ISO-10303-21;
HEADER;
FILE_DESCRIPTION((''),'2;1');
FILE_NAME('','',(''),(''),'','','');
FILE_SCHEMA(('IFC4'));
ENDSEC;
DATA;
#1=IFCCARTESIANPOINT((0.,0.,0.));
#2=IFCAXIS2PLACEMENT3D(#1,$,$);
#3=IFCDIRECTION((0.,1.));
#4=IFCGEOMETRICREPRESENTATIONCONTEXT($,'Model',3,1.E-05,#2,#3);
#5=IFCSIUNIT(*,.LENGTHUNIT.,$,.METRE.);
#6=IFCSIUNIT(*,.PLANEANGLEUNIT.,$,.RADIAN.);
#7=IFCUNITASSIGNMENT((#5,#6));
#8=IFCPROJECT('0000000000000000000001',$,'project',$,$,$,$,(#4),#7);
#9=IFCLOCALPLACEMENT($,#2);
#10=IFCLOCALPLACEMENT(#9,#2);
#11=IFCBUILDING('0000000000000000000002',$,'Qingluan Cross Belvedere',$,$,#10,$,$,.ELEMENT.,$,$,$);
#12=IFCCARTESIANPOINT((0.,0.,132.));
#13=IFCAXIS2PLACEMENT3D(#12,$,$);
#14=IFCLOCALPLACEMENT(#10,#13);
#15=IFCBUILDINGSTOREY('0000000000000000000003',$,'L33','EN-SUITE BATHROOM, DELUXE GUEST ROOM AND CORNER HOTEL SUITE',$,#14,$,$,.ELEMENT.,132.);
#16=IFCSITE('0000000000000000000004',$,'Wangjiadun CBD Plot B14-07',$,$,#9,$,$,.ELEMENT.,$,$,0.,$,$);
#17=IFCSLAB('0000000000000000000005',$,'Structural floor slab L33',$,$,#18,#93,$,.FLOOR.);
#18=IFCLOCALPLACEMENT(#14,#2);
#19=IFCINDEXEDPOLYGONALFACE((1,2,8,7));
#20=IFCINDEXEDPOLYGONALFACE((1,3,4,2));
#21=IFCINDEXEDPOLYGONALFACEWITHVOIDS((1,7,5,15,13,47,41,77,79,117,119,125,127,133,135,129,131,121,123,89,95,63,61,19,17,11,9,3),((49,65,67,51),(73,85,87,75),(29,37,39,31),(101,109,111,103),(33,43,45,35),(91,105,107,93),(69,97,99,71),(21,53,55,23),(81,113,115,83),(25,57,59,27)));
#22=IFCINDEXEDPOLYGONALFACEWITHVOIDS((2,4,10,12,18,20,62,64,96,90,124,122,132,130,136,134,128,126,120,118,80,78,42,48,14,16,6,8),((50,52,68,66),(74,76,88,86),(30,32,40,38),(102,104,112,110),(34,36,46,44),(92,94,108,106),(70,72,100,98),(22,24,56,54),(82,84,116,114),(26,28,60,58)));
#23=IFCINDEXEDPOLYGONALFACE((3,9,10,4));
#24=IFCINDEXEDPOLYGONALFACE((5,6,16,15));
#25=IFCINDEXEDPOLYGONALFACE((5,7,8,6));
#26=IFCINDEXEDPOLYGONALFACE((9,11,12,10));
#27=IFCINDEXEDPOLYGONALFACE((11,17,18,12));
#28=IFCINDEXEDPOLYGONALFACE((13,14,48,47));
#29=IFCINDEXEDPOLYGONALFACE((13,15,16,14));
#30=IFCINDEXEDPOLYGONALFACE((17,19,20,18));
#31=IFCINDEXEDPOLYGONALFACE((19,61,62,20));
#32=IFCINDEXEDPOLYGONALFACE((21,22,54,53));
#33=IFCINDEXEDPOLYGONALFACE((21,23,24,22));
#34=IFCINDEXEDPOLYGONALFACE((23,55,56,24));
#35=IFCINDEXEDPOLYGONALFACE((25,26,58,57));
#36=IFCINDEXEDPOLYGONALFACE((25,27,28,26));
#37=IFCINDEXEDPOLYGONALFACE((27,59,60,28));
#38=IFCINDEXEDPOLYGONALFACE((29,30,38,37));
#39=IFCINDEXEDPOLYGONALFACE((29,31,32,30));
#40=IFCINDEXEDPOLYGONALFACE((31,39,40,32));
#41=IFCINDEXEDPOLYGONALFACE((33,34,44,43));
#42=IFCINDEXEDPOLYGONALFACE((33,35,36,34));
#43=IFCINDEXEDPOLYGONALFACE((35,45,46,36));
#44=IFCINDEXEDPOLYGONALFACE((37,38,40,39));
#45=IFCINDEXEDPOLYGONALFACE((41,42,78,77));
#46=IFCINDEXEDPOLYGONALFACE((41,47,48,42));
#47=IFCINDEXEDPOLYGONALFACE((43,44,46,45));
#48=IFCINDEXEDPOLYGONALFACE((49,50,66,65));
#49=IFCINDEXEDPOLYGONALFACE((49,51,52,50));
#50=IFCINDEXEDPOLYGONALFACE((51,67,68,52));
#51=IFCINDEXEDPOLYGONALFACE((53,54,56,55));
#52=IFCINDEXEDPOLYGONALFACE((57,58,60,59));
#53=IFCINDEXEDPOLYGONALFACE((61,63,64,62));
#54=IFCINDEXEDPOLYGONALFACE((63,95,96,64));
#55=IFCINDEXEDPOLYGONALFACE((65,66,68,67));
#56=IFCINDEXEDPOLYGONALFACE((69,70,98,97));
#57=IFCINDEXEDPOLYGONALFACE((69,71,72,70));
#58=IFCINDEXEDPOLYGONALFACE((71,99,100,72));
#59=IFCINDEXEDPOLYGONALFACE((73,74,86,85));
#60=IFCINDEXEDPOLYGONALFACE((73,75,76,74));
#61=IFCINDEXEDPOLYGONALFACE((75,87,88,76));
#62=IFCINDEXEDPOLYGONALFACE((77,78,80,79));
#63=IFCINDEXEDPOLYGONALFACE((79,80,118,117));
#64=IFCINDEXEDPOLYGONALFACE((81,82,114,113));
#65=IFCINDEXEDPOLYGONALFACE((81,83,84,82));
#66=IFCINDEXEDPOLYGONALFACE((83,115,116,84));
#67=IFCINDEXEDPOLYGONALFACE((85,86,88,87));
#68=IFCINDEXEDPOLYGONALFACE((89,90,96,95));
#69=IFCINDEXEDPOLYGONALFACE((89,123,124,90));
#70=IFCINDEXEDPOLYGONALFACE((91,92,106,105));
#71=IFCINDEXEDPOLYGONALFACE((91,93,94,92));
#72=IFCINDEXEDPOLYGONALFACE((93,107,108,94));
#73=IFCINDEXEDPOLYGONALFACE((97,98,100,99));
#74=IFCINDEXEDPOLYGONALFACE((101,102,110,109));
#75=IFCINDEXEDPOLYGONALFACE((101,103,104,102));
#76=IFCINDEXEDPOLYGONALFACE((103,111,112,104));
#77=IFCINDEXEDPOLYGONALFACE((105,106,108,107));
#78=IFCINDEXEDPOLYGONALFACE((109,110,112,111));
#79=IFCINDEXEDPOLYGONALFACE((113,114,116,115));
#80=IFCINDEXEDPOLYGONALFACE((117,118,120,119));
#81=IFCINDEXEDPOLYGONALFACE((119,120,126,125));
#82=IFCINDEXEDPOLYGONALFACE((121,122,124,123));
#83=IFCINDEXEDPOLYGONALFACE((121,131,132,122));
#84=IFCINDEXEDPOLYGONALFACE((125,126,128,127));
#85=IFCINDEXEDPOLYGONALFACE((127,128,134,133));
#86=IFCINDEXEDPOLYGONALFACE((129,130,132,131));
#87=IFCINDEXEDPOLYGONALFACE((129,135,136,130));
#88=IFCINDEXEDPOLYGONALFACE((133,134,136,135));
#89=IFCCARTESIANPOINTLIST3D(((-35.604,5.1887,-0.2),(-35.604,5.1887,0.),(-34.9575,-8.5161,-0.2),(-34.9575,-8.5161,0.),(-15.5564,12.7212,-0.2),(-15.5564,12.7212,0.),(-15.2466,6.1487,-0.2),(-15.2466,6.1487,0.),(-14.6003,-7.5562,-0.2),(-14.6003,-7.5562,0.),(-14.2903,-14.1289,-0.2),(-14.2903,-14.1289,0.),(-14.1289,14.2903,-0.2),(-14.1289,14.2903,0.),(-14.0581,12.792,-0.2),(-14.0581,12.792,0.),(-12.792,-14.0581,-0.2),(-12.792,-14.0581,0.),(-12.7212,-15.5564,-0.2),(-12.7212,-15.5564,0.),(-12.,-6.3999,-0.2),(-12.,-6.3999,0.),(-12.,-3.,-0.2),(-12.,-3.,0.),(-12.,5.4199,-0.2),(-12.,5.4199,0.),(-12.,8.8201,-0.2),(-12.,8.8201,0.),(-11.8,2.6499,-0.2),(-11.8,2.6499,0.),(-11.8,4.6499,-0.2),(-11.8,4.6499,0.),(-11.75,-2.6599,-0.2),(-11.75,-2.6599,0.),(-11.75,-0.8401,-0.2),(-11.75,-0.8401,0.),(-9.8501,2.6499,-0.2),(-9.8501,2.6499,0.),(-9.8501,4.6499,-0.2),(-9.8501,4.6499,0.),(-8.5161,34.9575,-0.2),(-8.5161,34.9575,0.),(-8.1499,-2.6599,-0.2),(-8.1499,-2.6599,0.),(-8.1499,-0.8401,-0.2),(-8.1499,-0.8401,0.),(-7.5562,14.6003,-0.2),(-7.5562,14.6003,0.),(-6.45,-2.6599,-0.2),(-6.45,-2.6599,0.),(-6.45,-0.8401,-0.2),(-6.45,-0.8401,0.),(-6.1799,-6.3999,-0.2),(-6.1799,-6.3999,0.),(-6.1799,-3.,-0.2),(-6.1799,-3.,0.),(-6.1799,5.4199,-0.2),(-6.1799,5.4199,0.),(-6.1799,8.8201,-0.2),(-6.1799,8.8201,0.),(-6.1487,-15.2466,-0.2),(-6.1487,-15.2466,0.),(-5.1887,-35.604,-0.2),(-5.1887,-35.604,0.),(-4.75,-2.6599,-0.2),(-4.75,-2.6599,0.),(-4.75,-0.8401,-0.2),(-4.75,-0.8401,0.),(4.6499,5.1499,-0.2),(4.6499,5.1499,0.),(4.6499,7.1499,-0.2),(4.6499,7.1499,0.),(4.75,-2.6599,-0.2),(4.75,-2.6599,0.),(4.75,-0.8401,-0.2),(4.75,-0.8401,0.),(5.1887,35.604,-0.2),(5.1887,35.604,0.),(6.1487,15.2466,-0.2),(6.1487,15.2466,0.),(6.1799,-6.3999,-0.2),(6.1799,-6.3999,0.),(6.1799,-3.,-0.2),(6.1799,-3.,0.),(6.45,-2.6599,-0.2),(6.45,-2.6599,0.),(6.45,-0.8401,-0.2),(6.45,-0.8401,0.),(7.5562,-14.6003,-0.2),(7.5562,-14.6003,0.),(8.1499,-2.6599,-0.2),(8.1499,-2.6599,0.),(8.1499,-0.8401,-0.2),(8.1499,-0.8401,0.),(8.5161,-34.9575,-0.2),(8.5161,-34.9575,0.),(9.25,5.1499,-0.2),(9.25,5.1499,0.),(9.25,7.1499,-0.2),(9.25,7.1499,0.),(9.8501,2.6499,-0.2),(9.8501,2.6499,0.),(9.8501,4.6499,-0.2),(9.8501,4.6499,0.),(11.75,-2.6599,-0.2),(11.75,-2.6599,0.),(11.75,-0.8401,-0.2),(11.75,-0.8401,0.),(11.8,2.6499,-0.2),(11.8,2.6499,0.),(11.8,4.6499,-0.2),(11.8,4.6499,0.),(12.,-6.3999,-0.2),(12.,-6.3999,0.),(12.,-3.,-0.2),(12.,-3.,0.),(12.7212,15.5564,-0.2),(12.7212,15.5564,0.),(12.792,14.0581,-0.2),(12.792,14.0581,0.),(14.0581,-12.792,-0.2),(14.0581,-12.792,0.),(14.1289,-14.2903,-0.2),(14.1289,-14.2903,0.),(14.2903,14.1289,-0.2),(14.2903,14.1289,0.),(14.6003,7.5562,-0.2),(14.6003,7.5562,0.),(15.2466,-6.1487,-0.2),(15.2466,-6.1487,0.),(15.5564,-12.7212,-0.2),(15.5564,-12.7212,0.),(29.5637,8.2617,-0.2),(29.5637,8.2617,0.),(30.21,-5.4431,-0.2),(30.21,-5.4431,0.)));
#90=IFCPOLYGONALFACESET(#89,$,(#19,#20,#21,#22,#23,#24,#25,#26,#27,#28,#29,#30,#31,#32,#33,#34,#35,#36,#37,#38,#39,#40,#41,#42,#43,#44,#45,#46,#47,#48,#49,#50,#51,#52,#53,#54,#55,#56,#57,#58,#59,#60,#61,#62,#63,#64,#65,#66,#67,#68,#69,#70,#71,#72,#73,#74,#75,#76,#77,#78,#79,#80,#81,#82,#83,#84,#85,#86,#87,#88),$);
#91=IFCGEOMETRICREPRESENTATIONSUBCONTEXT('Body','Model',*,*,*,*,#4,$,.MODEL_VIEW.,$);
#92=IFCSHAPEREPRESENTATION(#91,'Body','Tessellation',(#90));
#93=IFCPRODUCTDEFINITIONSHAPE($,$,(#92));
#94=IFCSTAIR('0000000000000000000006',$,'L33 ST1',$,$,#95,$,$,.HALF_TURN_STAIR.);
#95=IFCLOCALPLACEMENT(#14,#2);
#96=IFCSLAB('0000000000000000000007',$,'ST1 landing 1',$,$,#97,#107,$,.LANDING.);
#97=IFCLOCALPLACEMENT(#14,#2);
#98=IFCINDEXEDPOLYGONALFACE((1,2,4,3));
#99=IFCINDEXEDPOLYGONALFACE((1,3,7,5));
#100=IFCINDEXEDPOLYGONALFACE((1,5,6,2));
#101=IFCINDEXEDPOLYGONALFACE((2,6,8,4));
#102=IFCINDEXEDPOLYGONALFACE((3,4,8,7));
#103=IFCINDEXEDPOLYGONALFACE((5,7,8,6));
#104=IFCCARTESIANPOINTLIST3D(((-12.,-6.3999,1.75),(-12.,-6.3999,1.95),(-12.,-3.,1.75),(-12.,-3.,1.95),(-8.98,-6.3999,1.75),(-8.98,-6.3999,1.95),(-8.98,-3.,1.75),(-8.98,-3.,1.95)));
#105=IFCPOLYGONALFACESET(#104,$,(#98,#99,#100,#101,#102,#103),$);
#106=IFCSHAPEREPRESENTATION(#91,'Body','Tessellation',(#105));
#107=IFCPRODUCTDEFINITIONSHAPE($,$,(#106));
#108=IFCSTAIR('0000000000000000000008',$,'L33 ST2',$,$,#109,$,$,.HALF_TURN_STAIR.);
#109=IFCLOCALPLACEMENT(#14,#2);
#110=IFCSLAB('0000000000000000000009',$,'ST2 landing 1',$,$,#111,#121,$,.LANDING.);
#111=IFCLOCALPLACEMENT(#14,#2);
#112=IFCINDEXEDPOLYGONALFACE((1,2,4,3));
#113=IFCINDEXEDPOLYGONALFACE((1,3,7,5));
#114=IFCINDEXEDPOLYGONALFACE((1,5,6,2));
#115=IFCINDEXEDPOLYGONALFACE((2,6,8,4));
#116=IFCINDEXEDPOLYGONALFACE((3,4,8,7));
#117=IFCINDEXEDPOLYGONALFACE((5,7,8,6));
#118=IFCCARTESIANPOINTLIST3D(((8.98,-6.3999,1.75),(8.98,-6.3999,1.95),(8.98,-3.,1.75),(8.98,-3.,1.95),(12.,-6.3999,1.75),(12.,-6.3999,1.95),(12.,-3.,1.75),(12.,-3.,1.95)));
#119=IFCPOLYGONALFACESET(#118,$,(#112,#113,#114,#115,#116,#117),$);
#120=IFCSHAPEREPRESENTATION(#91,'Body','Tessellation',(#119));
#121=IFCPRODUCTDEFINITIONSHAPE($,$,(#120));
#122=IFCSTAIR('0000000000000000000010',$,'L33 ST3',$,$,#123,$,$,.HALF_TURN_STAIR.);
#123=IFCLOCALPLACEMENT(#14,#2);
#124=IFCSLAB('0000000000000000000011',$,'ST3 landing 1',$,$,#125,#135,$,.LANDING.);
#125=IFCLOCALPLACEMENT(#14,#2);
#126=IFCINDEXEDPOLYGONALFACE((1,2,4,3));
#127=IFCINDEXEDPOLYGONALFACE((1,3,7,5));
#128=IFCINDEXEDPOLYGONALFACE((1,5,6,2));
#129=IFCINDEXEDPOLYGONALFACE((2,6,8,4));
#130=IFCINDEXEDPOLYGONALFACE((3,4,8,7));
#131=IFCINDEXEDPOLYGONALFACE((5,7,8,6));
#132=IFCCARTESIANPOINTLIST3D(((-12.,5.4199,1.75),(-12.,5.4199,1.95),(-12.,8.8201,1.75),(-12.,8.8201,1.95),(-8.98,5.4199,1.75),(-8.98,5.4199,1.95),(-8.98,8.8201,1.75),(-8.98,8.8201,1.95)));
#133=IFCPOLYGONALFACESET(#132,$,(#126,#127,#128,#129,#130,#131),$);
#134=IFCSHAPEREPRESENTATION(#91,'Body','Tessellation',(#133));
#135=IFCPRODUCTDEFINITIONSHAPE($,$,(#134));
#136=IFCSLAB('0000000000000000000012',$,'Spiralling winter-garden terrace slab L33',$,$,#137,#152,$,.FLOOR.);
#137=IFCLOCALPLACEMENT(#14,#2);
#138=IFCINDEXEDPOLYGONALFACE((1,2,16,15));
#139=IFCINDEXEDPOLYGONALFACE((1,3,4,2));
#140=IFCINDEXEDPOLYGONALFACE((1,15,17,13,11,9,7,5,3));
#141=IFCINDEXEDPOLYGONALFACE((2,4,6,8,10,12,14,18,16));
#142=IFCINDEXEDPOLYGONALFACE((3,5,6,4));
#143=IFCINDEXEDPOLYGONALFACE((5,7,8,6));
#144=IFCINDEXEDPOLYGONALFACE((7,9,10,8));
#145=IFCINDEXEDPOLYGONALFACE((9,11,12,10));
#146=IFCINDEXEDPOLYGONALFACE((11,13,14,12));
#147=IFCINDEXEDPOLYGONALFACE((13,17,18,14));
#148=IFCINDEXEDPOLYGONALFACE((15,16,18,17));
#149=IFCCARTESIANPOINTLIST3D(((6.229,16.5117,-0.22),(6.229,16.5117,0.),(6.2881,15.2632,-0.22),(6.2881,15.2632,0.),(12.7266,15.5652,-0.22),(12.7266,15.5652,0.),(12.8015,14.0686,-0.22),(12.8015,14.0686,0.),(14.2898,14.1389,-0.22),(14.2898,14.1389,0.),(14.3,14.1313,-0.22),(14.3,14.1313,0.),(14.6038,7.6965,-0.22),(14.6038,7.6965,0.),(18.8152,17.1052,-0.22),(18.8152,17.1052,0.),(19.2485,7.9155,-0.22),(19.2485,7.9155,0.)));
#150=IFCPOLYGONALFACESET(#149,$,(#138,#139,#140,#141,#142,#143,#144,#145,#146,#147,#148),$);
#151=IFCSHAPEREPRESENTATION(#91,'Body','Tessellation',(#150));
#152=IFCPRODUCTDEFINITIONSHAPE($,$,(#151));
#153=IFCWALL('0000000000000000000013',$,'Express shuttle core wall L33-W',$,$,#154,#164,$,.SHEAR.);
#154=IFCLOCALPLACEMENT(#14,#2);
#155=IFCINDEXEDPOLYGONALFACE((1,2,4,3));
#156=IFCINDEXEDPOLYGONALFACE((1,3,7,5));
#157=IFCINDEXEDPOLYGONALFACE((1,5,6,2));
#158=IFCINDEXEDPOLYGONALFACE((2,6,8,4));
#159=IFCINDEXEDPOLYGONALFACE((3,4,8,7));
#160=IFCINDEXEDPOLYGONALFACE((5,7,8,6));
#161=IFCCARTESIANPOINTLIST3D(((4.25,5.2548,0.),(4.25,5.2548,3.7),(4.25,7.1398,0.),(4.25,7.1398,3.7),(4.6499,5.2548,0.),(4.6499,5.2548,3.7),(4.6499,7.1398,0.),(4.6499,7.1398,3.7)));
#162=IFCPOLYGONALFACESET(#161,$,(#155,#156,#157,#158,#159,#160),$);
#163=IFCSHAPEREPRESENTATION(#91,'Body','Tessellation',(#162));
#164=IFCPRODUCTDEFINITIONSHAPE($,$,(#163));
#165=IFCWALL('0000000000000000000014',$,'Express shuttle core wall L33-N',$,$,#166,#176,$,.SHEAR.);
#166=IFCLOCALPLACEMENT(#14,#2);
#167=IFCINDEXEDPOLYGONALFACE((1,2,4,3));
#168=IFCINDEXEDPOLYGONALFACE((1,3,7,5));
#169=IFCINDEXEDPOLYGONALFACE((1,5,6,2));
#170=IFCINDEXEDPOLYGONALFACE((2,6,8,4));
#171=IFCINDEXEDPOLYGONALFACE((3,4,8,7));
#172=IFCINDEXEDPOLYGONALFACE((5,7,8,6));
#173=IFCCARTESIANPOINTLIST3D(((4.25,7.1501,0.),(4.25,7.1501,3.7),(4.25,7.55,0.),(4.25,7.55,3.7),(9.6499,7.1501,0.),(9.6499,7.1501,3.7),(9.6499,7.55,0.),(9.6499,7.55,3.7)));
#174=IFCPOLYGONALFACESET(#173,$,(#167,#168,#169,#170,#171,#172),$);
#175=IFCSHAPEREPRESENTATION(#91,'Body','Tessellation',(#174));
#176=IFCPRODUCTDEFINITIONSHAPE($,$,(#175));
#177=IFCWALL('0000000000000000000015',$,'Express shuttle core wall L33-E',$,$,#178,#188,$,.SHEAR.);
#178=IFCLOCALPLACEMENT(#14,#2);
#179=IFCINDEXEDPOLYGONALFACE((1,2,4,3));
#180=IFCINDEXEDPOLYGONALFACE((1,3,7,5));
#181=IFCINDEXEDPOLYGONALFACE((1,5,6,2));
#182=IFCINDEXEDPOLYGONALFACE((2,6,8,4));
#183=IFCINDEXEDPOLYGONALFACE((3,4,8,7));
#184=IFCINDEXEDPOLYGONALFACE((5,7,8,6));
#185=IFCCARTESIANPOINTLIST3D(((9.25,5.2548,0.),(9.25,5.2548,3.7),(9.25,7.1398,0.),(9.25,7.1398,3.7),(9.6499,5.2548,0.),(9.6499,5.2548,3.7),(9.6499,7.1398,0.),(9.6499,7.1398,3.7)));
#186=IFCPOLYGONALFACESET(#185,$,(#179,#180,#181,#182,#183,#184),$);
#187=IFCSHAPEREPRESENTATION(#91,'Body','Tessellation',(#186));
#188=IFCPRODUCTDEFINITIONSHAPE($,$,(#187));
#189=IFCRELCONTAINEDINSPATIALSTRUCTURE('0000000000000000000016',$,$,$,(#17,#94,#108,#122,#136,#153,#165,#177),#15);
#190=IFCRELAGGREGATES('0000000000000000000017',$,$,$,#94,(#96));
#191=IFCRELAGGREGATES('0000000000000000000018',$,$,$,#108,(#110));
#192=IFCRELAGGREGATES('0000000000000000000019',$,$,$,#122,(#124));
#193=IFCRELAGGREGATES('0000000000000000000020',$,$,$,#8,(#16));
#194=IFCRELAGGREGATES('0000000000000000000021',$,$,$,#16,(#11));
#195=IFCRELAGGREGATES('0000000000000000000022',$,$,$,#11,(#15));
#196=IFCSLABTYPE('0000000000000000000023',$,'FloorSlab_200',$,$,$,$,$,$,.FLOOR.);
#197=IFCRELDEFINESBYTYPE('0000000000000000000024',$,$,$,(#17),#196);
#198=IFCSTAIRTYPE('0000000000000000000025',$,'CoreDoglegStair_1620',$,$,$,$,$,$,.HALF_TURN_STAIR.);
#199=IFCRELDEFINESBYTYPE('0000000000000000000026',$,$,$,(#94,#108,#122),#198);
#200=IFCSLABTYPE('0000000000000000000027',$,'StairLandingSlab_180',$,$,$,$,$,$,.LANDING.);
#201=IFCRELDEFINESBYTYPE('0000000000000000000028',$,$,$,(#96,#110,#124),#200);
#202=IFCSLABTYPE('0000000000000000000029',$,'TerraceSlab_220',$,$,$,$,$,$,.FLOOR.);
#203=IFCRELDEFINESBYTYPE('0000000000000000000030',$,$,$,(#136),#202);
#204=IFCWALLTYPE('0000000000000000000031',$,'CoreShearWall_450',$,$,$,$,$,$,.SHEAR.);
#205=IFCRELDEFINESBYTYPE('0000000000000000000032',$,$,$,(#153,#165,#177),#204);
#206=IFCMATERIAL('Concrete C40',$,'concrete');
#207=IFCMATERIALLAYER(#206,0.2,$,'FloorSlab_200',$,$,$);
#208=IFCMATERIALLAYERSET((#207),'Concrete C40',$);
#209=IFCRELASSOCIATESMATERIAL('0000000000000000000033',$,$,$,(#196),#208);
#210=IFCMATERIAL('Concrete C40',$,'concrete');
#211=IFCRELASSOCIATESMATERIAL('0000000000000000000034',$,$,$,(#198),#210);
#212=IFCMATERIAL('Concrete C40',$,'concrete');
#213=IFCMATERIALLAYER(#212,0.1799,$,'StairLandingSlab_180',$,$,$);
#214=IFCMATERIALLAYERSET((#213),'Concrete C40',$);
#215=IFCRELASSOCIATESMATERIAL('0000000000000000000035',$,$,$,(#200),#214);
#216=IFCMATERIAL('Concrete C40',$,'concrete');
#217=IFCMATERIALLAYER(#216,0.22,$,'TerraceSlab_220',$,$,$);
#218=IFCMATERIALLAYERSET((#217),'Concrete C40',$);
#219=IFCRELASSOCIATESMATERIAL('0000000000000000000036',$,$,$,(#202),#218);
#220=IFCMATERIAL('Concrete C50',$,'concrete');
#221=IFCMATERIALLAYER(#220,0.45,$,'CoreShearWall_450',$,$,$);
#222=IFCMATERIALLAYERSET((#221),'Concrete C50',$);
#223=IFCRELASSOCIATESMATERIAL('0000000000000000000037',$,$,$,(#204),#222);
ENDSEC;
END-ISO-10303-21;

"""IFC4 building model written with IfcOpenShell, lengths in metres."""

from ifc_helpers import new_model, si_unit, direction, frame, frame_2d, origin, place, context, subcontext, project, spatial, polyline, rectangle, outline, extrude, material, layer, layer_set, type_object, element, aggregate, save


model = new_model("IFC4")

# Units and contexts
model_context = context("Model", 3, precision=1e-05, world=origin(), true_north=direction((0.0, 1.0)))
body_context = subcontext(model_context, "Body", "Model", "MODEL_VIEW")
ifc_project = project(units=[si_unit("LENGTHUNIT", "METRE"), si_unit("PLANEANGLEUNIT", "RADIAN")], contexts=[model_context])

# Site, building, storey
site_placement = place(None, origin())
site = spatial("IfcSite", under=ifc_project, at=site_placement, Name="Wangjiadun CBD Plot B14-07", CompositionType="ELEMENT", RefElevation=0.0)
building_placement = place(site_placement, origin())
building = spatial("IfcBuilding", under=site, at=building_placement, Name="Qingluan Cross Belvedere", CompositionType="ELEMENT")
storey_placement = place(building_placement, frame((0.0, 0.0, 132.0)))
storey = spatial("IfcBuildingStorey", under=building, at=storey_placement, Name="L33", Description="EN-SUITE BATHROOM, DELUXE GUEST ROOM AND CORNER HOTEL SUITE", CompositionType="ELEMENT", Elevation=132.0)

# Slab
ifc_material_1 = material(Name="Concrete C40", Category="concrete")
ifc_layer_1 = layer(ifc_material_1, 0.2, Name="FloorSlab_200")
ifc_layer_set_1 = layer_set([ifc_layer_1], Name="Concrete C40")
slab_type_1 = type_object("IfcSlabType", Name="FloorSlab_200", PredefinedType="FLOOR", material=ifc_layer_set_1)
slab_1_placement = place(storey_placement, frame((0.0, 0.0, -0.2)))
element("IfcSlab", 1, at=slab_1_placement, inside=storey, type_object=slab_type_1, Name="Structural floor slab L33", PredefinedType="FLOOR", context=body_context, shape_type="SweptSolid", body=[
    extrude(outline(polyline([(8.5161, -34.9575), (7.5562, -14.6003), (14.1289, -14.2903), (14.0581, -12.792), (15.5564, -12.7212), (15.2466, -6.1487), (30.21, -5.4431), (29.5637, 8.2617), (14.6003, 7.5562), (14.2903, 14.1289), (12.792, 14.0581), (12.7212, 15.5564), (6.1487, 15.2466), (5.1887, 35.604), (-8.5161, 34.9575), (-7.5562, 14.6003), (-14.1289, 14.2903), (-14.0581, 12.792), (-15.5564, 12.7212), (-15.2466, 6.1487), (-35.604, 5.1887), (-34.9575, -8.5161), (-14.6003, -7.5562), (-14.2903, -14.1289), (-12.792, -14.0581), (-12.7212, -15.5564), (-6.1487, -15.2466), (-5.1887, -35.604), (8.5161, -34.9575)]), holes=[polyline([(-12.0, -3.0), (-6.1799, -3.0), (-6.1799, -6.3999), (-12.0, -6.3999), (-12.0, -3.0)]), polyline([(6.1799, -3.0), (12.0, -3.0), (12.0, -6.3999), (6.1799, -6.3999), (6.1799, -3.0)]), polyline([(-12.0, 8.8201), (-6.1799, 8.8201), (-6.1799, 5.4199), (-12.0, 5.4199), (-12.0, 8.8201)]), polyline([(-11.8, 4.6499), (-9.8501, 4.6499), (-9.8501, 2.6499), (-11.8, 2.6499), (-11.8, 4.6499)]), polyline([(9.8501, 4.6499), (11.8, 4.6499), (11.8, 2.6499), (9.8501, 2.6499), (9.8501, 4.6499)]), polyline([(-11.75, -0.8401), (-8.1499, -0.8401), (-8.1499, -2.6599), (-11.75, -2.6599), (-11.75, -0.8401)]), polyline([(-6.45, -0.8401), (-4.75, -0.8401), (-4.75, -2.6599), (-6.45, -2.6599), (-6.45, -0.8401)]), polyline([(4.75, -0.8401), (6.45, -0.8401), (6.45, -2.6599), (4.75, -2.6599), (4.75, -0.8401)]), polyline([(8.1499, -0.8401), (11.75, -0.8401), (11.75, -2.6599), (8.1499, -2.6599), (8.1499, -0.8401)]), polyline([(4.6499, 7.1499), (9.25, 7.1499), (9.25, 5.1499), (4.6499, 5.1499), (4.6499, 7.1499)])]), origin(), (0.0, 0.0, 1.0), 0.2),
])

# Stairs, slabs
ifc_material_2 = material(Name="Concrete C40", Category="concrete")
stair_type = type_object("IfcStairType", Name="CoreDoglegStair_1620", PredefinedType="HALF_TURN_STAIR", material=ifc_material_2)
stair_1_placement = place(storey_placement, origin())
stair_1 = element("IfcStair", 2, at=stair_1_placement, inside=storey, type_object=stair_type, Name="L33 ST1", PredefinedType="HALF_TURN_STAIR")
ifc_material_3 = material(Name="Concrete C40", Category="concrete")
ifc_layer_2 = layer(ifc_material_3, 0.1799, Name="StairLandingSlab_180")
ifc_layer_set_2 = layer_set([ifc_layer_2], Name="Concrete C40")
slab_type_2 = type_object("IfcSlabType", Name="StairLandingSlab_180", PredefinedType="LANDING", material=ifc_layer_set_2)
slab_2_placement = place(storey_placement, frame((0.0, 0.0, 1.75)))
slab_2 = element("IfcSlab", 3, at=slab_2_placement, type_object=slab_type_2, Name="ST1 landing 1", PredefinedType="LANDING", context=body_context, shape_type="SweptSolid", body=[
    extrude(outline(polyline([(-8.98, -3.0), (-12.0, -3.0), (-12.0, -6.3999), (-8.98, -6.3999), (-8.98, -3.0)])), origin(), (0.0, 0.0, 1.0), 0.2),
])
aggregate(stair_1, [slab_2])
stair_2_placement = place(storey_placement, origin())
stair_2 = element("IfcStair", 4, at=stair_2_placement, inside=storey, type_object=stair_type, Name="L33 ST2", PredefinedType="HALF_TURN_STAIR")
slab_3_placement = place(storey_placement, frame((0.0, 0.0, 1.75)))
slab_3 = element("IfcSlab", 5, at=slab_3_placement, type_object=slab_type_2, Name="ST2 landing 1", PredefinedType="LANDING", context=body_context, shape_type="SweptSolid", body=[
    extrude(outline(polyline([(8.98, -6.3999), (12.0, -6.3999), (12.0, -3.0), (8.98, -3.0), (8.98, -6.3999)])), origin(), (0.0, 0.0, 1.0), 0.2),
])
aggregate(stair_2, [slab_3])
stair_3_placement = place(storey_placement, origin())
stair_3 = element("IfcStair", 6, at=stair_3_placement, inside=storey, type_object=stair_type, Name="L33 ST3", PredefinedType="HALF_TURN_STAIR")
slab_4_placement = place(storey_placement, frame((0.0, 0.0, 1.75)))
slab_4 = element("IfcSlab", 7, at=slab_4_placement, type_object=slab_type_2, Name="ST3 landing 1", PredefinedType="LANDING", context=body_context, shape_type="SweptSolid", body=[
    extrude(outline(polyline([(-8.98, 8.8201), (-12.0, 8.8201), (-12.0, 5.4199), (-8.98, 5.4199), (-8.98, 8.8201)])), origin(), (0.0, 0.0, 1.0), 0.2),
])
aggregate(stair_3, [slab_4])

# Slab
ifc_material_4 = material(Name="Concrete C40", Category="concrete")
ifc_layer_3 = layer(ifc_material_4, 0.22, Name="TerraceSlab_220")
ifc_layer_set_3 = layer_set([ifc_layer_3], Name="Concrete C40")
slab_type_3 = type_object("IfcSlabType", Name="TerraceSlab_220", PredefinedType="FLOOR", material=ifc_layer_set_3)
slab_5_placement = place(storey_placement, frame((0.0, 0.0, -0.22)))
element("IfcSlab", 8, at=slab_5_placement, inside=storey, type_object=slab_type_3, Name="Spiralling winter-garden terrace slab L33", PredefinedType="FLOOR", context=body_context, shape_type="SweptSolid", body=[
    extrude(outline(polyline([(6.2881, 15.2632), (12.7266, 15.5652), (12.8015, 14.0686), (14.2898, 14.1389), (14.3, 14.1313), (14.6038, 7.6965), (19.2485, 7.9155), (18.8152, 17.1052), (6.229, 16.5117), (6.2881, 15.2632)])), origin(), (0.0, 0.0, 1.0), 0.22),
])

# Walls
ifc_material_5 = material(Name="Concrete C50", Category="concrete")
ifc_layer_4 = layer(ifc_material_5, 0.45, Name="CoreShearWall_450")
ifc_layer_set_4 = layer_set([ifc_layer_4], Name="Concrete C50")
wall_type_1 = type_object("IfcWallType", Name="CoreShearWall_450", PredefinedType="SHEAR", material=ifc_layer_set_4)
wall_1_placement = place(storey_placement, frame((4.45, 5.2549, 0.0), z_axis=(0.0, 0.0, 1.0), x_axis=(0.0, 1.0, 0.0)))
element("IfcWall", 9, at=wall_1_placement, inside=storey, type_object=wall_type_1, Name="Express shuttle core wall L33-W", PredefinedType="SHEAR", context=body_context, shape_type="SweptSolid", body=[
    extrude(rectangle(XDim=1.885, YDim=0.3999, at=frame_2d((0.9424, 0.0))), origin(), (0.0, 0.0, 1.0), 3.7),
])
wall_2_placement = place(storey_placement, frame((4.25, 7.3501, 0.0), z_axis=(0.0, 0.0, 1.0), x_axis=(1.0, 0.0, 0.0)))
element("IfcWall", 10, at=wall_2_placement, inside=storey, type_object=wall_type_1, Name="Express shuttle core wall L33-N", PredefinedType="SHEAR", context=body_context, shape_type="SweptSolid", body=[
    extrude(rectangle(XDim=5.3999, YDim=0.3999, at=frame_2d((2.7, 0.0))), origin(), (0.0, 0.0, 1.0), 3.7),
])
wall_3_placement = place(storey_placement, frame((9.45, 5.2549, 0.0), z_axis=(0.0, 0.0, 1.0), x_axis=(0.0, 1.0, 0.0)))
element("IfcWall", 11, at=wall_3_placement, inside=storey, type_object=wall_type_1, Name="Express shuttle core wall L33-E", PredefinedType="SHEAR", context=body_context, shape_type="SweptSolid", body=[
    extrude(rectangle(XDim=1.885, YDim=0.3999, at=frame_2d((0.9424, 0.0))), origin(), (0.0, 0.0, 1.0), 3.7),
])

save(model, "model.ifc")
